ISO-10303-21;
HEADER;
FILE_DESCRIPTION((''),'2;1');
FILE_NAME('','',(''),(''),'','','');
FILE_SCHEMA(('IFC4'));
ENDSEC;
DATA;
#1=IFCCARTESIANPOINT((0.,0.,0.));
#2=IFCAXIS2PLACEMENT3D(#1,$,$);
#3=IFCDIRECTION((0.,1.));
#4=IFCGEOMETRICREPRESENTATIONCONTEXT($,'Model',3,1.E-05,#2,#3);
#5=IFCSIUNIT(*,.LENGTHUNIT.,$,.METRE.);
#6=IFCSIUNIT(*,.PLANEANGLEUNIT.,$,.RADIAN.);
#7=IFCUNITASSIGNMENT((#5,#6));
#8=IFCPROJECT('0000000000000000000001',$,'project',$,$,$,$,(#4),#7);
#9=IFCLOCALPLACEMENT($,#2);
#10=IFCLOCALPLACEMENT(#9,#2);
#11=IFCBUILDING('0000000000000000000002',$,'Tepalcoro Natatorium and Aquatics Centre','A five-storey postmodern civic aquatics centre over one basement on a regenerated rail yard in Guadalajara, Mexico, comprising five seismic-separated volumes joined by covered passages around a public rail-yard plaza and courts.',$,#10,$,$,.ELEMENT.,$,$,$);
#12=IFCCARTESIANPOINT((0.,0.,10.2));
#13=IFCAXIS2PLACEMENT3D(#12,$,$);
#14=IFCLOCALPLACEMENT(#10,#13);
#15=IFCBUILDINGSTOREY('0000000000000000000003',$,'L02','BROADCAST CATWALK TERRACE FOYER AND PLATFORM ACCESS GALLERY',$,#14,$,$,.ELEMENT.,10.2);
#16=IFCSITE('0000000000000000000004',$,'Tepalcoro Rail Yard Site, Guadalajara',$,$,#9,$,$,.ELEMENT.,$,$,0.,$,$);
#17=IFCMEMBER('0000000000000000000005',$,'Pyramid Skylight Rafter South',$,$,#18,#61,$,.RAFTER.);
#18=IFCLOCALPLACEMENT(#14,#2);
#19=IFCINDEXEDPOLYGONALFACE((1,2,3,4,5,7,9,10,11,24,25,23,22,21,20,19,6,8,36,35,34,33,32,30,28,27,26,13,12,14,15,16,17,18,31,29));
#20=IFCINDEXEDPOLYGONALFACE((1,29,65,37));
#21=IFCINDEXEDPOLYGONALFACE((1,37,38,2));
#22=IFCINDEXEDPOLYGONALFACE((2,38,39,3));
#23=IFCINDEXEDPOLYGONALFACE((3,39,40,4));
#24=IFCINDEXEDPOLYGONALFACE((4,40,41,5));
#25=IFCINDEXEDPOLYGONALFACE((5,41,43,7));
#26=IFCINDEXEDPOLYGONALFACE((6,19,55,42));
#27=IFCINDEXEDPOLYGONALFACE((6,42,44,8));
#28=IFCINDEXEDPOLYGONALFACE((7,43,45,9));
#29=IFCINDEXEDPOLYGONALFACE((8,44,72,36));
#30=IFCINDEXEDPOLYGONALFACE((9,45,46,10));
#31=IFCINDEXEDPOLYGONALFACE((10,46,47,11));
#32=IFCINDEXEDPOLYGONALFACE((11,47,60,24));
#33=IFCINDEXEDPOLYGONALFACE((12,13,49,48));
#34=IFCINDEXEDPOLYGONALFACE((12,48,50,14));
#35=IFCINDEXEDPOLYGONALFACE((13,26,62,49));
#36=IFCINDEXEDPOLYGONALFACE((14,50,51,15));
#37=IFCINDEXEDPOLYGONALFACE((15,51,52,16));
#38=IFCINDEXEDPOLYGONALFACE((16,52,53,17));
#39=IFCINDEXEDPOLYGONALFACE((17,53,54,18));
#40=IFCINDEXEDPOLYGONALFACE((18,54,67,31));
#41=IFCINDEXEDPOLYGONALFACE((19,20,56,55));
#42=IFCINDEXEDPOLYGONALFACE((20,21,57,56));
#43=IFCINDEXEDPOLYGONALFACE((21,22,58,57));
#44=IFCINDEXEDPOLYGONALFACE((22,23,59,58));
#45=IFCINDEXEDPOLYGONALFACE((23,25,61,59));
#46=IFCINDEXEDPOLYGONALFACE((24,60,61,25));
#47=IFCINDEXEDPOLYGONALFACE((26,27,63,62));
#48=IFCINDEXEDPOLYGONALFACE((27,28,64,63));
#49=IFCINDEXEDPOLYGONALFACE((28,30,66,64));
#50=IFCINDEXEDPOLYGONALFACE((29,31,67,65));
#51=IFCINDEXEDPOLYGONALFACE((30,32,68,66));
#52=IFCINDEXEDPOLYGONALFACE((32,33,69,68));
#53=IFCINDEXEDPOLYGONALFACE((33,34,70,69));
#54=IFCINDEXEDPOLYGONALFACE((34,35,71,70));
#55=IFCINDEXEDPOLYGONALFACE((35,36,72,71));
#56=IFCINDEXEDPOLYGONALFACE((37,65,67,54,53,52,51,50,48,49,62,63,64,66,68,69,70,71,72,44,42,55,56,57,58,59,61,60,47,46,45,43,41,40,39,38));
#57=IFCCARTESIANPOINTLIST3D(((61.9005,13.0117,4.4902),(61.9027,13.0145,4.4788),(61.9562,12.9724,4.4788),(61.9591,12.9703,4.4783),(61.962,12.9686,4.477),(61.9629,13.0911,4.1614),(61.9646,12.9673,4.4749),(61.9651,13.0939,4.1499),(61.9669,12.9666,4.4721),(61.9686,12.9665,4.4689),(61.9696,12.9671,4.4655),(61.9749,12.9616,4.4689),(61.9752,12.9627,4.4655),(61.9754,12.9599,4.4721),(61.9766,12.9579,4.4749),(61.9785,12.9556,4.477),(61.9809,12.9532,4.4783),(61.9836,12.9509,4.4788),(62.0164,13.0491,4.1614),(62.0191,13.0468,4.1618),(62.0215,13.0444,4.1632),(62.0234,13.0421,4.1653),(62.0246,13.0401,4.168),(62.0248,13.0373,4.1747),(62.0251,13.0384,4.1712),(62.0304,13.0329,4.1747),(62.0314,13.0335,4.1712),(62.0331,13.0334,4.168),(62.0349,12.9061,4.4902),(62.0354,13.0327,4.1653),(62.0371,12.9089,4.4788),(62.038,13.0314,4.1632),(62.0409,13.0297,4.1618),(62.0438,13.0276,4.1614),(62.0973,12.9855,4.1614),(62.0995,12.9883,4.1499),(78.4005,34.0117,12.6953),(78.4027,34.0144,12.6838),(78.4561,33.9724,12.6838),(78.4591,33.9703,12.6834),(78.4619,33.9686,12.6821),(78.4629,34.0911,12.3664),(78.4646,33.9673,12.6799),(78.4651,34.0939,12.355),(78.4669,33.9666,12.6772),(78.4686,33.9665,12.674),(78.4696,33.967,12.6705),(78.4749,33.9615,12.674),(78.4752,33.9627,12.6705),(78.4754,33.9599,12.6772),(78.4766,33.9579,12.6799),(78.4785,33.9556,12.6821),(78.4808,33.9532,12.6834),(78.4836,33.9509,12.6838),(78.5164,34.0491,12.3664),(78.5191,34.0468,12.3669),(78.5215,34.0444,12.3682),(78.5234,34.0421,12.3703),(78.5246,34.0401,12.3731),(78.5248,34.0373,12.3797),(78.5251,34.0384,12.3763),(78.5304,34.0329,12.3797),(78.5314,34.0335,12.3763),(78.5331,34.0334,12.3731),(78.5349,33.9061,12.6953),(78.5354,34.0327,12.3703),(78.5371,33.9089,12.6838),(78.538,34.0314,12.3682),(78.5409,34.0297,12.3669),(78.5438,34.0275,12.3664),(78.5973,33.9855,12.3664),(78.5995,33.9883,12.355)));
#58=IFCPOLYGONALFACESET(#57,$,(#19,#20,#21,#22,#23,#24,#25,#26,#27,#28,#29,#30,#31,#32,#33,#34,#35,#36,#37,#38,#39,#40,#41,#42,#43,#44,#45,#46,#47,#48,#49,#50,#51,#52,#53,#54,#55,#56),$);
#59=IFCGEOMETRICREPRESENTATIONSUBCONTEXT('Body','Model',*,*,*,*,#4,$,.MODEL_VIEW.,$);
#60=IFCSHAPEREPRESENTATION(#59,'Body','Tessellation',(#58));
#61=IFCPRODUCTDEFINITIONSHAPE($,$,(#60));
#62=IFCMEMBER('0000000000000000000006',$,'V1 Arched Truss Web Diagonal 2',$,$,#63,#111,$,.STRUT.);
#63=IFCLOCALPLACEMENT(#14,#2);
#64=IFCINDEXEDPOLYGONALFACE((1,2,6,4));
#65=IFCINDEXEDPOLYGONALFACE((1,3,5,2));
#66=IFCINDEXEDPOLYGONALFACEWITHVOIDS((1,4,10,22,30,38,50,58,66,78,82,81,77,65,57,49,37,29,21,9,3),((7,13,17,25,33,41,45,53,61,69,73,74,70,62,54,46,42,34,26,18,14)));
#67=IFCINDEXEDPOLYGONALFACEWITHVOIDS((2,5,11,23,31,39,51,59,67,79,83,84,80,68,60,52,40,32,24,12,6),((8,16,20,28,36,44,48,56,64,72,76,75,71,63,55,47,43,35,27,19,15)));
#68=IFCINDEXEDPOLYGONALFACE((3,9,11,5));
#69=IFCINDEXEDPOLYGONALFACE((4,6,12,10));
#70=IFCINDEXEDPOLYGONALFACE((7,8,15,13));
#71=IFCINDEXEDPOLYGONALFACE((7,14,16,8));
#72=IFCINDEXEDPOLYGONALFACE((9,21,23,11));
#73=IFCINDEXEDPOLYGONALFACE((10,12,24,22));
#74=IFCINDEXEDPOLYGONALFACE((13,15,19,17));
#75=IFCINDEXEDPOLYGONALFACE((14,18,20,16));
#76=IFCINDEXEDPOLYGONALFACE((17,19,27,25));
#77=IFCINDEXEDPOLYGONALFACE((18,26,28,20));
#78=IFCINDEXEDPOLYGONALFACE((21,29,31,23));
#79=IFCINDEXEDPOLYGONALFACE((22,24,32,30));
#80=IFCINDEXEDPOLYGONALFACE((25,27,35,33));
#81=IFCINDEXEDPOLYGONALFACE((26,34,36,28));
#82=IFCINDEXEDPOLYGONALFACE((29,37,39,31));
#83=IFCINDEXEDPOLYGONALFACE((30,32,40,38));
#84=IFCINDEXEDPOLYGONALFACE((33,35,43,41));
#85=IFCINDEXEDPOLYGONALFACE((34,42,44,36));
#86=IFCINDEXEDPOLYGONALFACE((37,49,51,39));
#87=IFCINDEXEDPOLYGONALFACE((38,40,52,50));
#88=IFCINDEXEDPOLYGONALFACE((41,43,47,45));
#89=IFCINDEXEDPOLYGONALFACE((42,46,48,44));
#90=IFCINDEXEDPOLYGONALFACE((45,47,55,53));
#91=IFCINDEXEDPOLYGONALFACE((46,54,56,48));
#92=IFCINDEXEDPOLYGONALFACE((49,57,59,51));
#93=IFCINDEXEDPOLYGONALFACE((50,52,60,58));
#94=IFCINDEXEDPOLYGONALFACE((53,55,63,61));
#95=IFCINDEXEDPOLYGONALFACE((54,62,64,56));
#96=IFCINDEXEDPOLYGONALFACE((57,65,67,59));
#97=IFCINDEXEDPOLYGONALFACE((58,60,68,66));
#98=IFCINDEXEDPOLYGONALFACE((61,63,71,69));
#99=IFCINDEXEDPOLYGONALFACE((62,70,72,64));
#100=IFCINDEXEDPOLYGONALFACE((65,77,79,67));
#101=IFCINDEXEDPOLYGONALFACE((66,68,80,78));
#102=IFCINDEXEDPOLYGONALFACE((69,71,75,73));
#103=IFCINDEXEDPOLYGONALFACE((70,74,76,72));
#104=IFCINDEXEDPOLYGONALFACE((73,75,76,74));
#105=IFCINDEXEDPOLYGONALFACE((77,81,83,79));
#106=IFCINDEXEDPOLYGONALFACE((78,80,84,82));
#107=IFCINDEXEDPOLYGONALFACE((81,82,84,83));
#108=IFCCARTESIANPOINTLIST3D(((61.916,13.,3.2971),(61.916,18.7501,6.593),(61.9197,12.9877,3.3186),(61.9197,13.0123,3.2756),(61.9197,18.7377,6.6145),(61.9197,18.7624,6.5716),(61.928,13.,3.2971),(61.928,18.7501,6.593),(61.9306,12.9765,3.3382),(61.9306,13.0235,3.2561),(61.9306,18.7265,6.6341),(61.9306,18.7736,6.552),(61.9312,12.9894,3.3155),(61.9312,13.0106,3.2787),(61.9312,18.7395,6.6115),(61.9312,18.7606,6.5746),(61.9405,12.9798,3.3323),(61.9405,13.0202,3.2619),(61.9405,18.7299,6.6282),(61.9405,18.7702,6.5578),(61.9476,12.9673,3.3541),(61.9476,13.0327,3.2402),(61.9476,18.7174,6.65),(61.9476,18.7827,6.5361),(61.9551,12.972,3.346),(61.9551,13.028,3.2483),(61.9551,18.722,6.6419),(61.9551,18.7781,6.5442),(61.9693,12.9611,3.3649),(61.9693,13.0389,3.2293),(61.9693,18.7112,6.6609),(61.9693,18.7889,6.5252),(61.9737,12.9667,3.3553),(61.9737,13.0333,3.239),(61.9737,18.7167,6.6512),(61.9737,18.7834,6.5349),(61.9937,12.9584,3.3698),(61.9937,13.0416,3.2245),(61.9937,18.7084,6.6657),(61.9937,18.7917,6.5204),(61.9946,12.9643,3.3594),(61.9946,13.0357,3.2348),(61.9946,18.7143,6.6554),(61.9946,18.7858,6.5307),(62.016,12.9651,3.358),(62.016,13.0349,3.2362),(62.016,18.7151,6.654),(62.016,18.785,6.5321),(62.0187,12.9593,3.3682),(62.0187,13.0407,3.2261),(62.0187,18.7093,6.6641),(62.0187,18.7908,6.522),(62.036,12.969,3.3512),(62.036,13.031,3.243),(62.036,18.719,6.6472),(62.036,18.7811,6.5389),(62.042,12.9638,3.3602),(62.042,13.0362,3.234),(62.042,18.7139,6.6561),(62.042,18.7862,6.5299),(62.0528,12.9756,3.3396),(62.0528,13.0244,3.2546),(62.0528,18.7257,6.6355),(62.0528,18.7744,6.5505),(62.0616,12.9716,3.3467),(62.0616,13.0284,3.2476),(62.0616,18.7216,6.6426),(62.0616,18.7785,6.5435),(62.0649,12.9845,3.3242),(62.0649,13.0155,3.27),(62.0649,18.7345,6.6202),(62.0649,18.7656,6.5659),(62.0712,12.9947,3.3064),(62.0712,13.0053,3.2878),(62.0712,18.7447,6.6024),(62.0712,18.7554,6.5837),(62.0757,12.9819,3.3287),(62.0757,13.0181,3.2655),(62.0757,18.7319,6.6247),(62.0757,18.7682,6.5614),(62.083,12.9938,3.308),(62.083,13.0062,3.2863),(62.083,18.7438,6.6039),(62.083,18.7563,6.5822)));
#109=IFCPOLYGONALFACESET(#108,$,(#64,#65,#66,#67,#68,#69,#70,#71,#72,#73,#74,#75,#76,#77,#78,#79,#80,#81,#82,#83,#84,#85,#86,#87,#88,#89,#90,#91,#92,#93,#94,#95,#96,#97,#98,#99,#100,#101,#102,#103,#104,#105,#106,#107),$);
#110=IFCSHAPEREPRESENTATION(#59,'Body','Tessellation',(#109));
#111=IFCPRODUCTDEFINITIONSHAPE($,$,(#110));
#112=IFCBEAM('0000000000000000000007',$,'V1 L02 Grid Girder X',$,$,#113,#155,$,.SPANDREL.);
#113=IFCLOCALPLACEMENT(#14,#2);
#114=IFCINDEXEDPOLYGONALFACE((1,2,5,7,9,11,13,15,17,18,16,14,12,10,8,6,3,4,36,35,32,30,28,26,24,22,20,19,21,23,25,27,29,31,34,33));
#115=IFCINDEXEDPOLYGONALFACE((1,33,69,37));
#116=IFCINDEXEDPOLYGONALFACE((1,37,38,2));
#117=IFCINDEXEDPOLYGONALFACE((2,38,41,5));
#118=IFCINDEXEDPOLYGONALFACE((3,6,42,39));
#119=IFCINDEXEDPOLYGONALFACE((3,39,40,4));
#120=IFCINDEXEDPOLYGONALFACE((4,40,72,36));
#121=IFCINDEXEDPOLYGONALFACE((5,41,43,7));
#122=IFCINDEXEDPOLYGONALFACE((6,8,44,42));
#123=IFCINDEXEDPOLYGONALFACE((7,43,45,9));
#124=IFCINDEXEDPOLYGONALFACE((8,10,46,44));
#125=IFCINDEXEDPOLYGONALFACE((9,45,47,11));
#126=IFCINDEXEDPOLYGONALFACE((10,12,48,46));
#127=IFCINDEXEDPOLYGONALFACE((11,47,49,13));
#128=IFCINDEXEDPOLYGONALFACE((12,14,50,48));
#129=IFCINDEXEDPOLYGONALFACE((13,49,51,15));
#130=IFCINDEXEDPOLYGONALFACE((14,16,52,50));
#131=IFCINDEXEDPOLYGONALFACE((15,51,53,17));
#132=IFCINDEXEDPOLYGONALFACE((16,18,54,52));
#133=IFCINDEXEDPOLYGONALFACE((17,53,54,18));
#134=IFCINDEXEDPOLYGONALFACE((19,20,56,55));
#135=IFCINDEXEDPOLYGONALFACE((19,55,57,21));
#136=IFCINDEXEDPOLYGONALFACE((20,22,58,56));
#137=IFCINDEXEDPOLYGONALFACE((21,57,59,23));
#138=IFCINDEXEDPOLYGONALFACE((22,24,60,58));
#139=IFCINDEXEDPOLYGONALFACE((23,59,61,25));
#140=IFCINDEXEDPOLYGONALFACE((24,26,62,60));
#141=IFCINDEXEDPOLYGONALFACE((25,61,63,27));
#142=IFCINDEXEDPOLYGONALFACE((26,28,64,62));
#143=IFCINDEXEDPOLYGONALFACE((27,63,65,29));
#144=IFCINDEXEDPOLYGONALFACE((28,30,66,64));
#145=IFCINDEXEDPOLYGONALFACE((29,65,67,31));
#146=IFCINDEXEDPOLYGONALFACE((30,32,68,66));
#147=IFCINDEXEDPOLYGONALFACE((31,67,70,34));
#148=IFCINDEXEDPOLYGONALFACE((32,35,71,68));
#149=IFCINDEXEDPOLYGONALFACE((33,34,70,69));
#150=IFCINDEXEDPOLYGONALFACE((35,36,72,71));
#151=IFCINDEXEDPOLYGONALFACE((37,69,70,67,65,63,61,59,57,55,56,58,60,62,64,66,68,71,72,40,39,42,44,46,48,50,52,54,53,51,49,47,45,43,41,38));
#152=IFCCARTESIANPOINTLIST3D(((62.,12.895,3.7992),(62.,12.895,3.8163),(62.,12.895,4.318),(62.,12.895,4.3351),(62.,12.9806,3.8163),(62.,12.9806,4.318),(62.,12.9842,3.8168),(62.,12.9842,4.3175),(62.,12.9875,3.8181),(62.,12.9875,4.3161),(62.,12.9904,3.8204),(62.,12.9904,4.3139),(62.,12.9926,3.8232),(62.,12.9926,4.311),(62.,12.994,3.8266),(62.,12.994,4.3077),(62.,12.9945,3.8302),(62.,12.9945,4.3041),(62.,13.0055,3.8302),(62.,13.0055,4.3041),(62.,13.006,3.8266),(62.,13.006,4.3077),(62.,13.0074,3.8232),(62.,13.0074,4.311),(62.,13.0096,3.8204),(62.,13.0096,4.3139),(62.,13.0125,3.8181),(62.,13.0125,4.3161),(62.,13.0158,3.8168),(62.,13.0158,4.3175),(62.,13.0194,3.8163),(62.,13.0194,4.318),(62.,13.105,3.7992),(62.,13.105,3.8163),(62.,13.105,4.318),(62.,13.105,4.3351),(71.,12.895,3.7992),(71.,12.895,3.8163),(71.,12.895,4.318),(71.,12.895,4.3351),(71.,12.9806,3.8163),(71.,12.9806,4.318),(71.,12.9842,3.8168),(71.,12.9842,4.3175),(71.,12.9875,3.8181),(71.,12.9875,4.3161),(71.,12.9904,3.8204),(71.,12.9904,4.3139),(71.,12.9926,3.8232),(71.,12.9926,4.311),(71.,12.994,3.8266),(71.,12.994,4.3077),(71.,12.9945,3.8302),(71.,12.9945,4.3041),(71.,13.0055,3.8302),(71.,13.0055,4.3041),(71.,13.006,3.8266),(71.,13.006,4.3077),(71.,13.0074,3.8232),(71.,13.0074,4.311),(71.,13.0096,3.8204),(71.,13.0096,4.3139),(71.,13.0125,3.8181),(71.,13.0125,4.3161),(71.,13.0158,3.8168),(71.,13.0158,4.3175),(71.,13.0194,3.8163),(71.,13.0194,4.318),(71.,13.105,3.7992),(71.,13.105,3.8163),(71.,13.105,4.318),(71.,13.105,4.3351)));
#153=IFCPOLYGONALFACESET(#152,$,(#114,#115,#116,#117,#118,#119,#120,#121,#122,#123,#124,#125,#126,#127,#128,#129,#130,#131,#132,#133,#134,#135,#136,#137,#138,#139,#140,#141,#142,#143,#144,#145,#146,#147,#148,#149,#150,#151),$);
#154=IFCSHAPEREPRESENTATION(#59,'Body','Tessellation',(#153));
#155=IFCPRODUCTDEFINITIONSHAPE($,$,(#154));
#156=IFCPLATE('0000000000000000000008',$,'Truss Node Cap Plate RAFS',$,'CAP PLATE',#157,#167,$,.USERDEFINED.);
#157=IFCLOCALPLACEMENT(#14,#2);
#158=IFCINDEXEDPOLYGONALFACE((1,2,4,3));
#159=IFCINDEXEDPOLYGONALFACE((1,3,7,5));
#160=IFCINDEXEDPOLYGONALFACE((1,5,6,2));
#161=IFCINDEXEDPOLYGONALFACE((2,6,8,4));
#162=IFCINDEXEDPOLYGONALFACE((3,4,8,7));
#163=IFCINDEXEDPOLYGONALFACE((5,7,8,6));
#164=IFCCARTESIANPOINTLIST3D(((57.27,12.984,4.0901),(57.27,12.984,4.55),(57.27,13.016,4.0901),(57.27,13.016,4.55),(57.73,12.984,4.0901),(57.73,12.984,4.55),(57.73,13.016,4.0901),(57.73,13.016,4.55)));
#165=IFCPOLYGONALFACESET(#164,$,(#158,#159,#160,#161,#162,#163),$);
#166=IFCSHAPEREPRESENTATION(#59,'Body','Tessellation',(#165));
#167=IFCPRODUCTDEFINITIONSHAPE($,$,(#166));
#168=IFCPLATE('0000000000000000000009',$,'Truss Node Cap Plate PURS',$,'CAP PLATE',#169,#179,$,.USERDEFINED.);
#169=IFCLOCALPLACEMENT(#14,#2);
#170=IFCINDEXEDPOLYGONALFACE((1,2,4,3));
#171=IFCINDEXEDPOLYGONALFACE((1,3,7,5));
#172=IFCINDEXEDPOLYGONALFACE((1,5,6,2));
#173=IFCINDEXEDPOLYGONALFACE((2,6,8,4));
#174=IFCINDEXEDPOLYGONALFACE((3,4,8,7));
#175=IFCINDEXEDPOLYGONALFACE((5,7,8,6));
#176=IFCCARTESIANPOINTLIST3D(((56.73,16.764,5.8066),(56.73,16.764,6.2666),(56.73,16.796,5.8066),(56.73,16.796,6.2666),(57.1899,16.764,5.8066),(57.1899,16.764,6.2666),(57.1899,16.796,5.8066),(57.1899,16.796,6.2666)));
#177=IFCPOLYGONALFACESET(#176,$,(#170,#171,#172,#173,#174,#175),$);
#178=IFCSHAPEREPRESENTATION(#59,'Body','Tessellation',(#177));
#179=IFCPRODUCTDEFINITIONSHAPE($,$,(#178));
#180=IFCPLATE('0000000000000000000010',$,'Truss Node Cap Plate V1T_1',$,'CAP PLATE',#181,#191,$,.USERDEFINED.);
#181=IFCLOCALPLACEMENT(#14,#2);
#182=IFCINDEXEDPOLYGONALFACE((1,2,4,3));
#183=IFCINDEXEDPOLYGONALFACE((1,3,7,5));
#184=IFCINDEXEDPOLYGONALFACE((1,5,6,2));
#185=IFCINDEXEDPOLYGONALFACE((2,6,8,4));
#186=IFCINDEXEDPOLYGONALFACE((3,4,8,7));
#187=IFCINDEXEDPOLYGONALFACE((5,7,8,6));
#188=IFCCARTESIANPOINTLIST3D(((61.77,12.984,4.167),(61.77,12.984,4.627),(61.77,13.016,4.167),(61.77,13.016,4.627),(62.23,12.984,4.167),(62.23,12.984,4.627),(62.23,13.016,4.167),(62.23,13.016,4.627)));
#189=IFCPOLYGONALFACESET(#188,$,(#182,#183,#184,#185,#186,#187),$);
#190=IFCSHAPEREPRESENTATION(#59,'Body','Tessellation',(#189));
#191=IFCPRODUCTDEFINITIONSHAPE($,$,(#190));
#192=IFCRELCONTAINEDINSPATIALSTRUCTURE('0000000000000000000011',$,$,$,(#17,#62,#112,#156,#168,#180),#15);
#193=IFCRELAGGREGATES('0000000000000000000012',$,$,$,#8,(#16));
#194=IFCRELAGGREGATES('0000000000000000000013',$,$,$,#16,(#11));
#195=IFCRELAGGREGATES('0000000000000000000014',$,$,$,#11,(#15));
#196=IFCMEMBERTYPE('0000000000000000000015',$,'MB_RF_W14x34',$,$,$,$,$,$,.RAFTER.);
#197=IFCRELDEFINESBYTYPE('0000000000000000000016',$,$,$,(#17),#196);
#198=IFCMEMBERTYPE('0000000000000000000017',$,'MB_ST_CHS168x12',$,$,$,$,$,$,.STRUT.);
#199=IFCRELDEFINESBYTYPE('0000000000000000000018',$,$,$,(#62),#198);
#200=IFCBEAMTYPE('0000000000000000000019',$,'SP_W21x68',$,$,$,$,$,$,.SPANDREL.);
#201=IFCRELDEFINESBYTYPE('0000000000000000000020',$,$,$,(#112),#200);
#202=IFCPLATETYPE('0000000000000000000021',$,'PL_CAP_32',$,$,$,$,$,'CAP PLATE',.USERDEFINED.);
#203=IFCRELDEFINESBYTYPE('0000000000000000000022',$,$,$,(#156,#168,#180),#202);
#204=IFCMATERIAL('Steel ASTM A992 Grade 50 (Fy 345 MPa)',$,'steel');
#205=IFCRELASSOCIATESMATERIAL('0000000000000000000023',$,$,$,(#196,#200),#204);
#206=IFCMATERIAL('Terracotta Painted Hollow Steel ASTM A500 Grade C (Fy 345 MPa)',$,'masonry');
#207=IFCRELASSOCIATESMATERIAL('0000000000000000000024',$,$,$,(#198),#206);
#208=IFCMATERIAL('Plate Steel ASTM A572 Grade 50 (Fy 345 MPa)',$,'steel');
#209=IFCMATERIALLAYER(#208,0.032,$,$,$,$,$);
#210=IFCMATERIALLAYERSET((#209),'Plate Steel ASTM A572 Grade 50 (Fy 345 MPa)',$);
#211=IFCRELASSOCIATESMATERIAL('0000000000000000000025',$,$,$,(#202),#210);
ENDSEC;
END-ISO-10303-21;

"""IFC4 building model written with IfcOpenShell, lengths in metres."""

from ifc_helpers import new_model, si_unit, direction, frame, origin, origin_2d, place, context, subcontext, project, spatial, rectangle, hollow_circle, i_section, extrude, material, layer, layer_set, material_profile, profile_set, type_object, element, save


model = new_model("IFC4")

# Units and contexts
model_context = context("Model", 3, precision=1e-05, world=origin(), true_north=direction((0.0, 1.0)))
body_context = subcontext(model_context, "Body", "Model", "MODEL_VIEW")
ifc_project = project(units=[si_unit("LENGTHUNIT", "METRE"), si_unit("PLANEANGLEUNIT", "RADIAN")], contexts=[model_context])

# Site, building, storey
site_placement = place(None, origin())
site = spatial("IfcSite", under=ifc_project, at=site_placement, Name="Tepalcoro Rail Yard Site, Guadalajara", CompositionType="ELEMENT", RefElevation=0.0)
building_placement = place(site_placement, origin())
building = spatial("IfcBuilding", under=site, at=building_placement, Name="Tepalcoro Natatorium and Aquatics Centre", Description="A five-storey postmodern civic aquatics centre over one basement on a regenerated rail yard in Guadalajara, Mexico, comprising five seismic-separated volumes joined by covered passages around a public rail-yard plaza and courts.", CompositionType="ELEMENT")
storey_placement = place(building_placement, frame((0.0, 0.0, 10.2)))
storey = spatial("IfcBuildingStorey", under=building, at=storey_placement, Name="L02", Description="BROADCAST CATWALK TERRACE FOYER AND PLATFORM ACCESS GALLERY", CompositionType="ELEMENT", Elevation=10.2)

# Shared definitions
ifc_material_1 = material(Name="Steel ASTM A992 Grade 50 (Fy 345 MPa)", Category="steel")

# Shared definitions
ifc_material_2 = material(Name="Terracotta Painted Hollow Steel ASTM A500 Grade C (Fy 345 MPa)", Category="masonry")

# Members
ifc_material_profile_1 = material_profile(ifc_material_1, i_section(OverallWidth=0.1709, OverallDepth=0.356, WebThickness=0.0071, FlangeThickness=0.012, FilletRadius=0.0139, at=origin_2d()), Name="W14X34")
ifc_profile_set_1 = profile_set([ifc_material_profile_1], Name="Steel ASTM A992 Grade 50 (Fy 345 MPa)")
member_type_1 = type_object("IfcMemberType", Name="MB_RF_W14x34", PredefinedType="RAFTER", material=ifc_profile_set_1)
member_1_placement = place(storey_placement, frame((62.0, 13.0, 4.3201), z_axis=(0.590578, 0.751644, 0.293681), x_axis=(-0.786318, 0.617822, 0.0)))
element("IfcMember", 1, at=member_1_placement, inside=storey, type_object=member_type_1, Name="Pyramid Skylight Rafter South", PredefinedType="RAFTER", context=body_context, shape_type="SweptSolid", body=[
    extrude(i_section(OverallWidth=0.1709, OverallDepth=0.356, WebThickness=0.0071, FlangeThickness=0.012, FilletRadius=0.0139, at=origin_2d()), origin(), (0.0, 0.0, 1.0), 27.9387),
])
ifc_material_profile_2 = material_profile(ifc_material_2, hollow_circle(Radius=0.084, WallThickness=0.012, at=origin_2d()), Name="CHS168X12")
ifc_profile_set_2 = profile_set([ifc_material_profile_2], Name="Terracotta Painted Hollow Steel ASTM A500 Grade C (Fy 345 MPa)")
member_type_2 = type_object("IfcMemberType", Name="MB_ST_CHS168x12", PredefinedType="STRUT", material=ifc_profile_set_2)
member_2_placement = place(storey_placement, frame((62.0, 13.0, 3.2971), z_axis=(0.0, 0.86758, 0.497297), x_axis=(-1.0, 0.0, 0.0)))
element("IfcMember", 2, at=member_2_placement, inside=storey, type_object=member_type_2, Name="V1 Arched Truss Web Diagonal 2", PredefinedType="STRUT", context=body_context, shape_type="SweptSolid", body=[
    extrude(hollow_circle(Radius=0.084, WallThickness=0.012, at=origin_2d()), origin(), (0.0, 0.0, 1.0), 6.6277),
])

# Beam
ifc_material_profile_3 = material_profile(ifc_material_1, i_section(OverallWidth=0.21, OverallDepth=0.5359, WebThickness=0.011, FlangeThickness=0.0171, FilletRadius=0.0139, at=origin_2d()), Name="W21X68")
ifc_profile_set_3 = profile_set([ifc_material_profile_3], Name="Steel ASTM A992 Grade 50 (Fy 345 MPa)")
beam_type_1 = type_object("IfcBeamType", Name="SP_W21x68", PredefinedType="SPANDREL", material=ifc_profile_set_3)
beam_1_placement = place(storey_placement, frame((62.0, 13.0, 4.0671), z_axis=(1.0, 0.0, 0.0), x_axis=(0.0, 1.0, 0.0)))
element("IfcBeam", 3, at=beam_1_placement, inside=storey, type_object=beam_type_1, Name="V1 L02 Grid Girder X", PredefinedType="SPANDREL", context=body_context, shape_type="SweptSolid", body=[
    extrude(i_section(OverallWidth=0.21, OverallDepth=0.5359, WebThickness=0.011, FlangeThickness=0.0171, FilletRadius=0.0139, at=origin_2d()), origin(), (0.0, 0.0, 1.0), 9.0),
])

# Plates
ifc_material_3 = material(Name="Plate Steel ASTM A572 Grade 50 (Fy 345 MPa)", Category="steel")
ifc_layer_1 = layer(ifc_material_3, 0.032)
ifc_layer_set_1 = layer_set([ifc_layer_1], Name="Plate Steel ASTM A572 Grade 50 (Fy 345 MPa)")
plate_type = type_object("IfcPlateType", Name="PL_CAP_32", ElementType="CAP PLATE", PredefinedType="USERDEFINED", material=ifc_layer_set_1)
for number, where, z_axis, x_axis, name in (
    (4, (57.5, 13.0, 4.0901), (0.0, 0.0, 1.0), (1.0, 0.0, 0.0), "Truss Node Cap Plate RAFS"),
    (5, (56.96, 16.78, 5.8066), (0.0, 0.0, 1.0), (1.0, 0.0, 0.0), "Truss Node Cap Plate PURS"),
    (6, (62.0, 13.0, 4.167), (0.0, 0.0, 1.0), (1.0, 0.0, 0.0), "Truss Node Cap Plate V1T_1"),
):
    element("IfcPlate", number, at=place(storey_placement, frame(where, z_axis=z_axis, x_axis=x_axis)), inside=storey, type_object=plate_type, Name=name, ObjectType="CAP PLATE", PredefinedType="USERDEFINED", context=body_context, shape_type="SweptSolid", body=[
        extrude(rectangle(XDim=0.46, YDim=0.032, at=origin_2d()), origin(), (0.0, 0.0, 1.0), 0.46),
    ])

save(model, "model.ifc")
